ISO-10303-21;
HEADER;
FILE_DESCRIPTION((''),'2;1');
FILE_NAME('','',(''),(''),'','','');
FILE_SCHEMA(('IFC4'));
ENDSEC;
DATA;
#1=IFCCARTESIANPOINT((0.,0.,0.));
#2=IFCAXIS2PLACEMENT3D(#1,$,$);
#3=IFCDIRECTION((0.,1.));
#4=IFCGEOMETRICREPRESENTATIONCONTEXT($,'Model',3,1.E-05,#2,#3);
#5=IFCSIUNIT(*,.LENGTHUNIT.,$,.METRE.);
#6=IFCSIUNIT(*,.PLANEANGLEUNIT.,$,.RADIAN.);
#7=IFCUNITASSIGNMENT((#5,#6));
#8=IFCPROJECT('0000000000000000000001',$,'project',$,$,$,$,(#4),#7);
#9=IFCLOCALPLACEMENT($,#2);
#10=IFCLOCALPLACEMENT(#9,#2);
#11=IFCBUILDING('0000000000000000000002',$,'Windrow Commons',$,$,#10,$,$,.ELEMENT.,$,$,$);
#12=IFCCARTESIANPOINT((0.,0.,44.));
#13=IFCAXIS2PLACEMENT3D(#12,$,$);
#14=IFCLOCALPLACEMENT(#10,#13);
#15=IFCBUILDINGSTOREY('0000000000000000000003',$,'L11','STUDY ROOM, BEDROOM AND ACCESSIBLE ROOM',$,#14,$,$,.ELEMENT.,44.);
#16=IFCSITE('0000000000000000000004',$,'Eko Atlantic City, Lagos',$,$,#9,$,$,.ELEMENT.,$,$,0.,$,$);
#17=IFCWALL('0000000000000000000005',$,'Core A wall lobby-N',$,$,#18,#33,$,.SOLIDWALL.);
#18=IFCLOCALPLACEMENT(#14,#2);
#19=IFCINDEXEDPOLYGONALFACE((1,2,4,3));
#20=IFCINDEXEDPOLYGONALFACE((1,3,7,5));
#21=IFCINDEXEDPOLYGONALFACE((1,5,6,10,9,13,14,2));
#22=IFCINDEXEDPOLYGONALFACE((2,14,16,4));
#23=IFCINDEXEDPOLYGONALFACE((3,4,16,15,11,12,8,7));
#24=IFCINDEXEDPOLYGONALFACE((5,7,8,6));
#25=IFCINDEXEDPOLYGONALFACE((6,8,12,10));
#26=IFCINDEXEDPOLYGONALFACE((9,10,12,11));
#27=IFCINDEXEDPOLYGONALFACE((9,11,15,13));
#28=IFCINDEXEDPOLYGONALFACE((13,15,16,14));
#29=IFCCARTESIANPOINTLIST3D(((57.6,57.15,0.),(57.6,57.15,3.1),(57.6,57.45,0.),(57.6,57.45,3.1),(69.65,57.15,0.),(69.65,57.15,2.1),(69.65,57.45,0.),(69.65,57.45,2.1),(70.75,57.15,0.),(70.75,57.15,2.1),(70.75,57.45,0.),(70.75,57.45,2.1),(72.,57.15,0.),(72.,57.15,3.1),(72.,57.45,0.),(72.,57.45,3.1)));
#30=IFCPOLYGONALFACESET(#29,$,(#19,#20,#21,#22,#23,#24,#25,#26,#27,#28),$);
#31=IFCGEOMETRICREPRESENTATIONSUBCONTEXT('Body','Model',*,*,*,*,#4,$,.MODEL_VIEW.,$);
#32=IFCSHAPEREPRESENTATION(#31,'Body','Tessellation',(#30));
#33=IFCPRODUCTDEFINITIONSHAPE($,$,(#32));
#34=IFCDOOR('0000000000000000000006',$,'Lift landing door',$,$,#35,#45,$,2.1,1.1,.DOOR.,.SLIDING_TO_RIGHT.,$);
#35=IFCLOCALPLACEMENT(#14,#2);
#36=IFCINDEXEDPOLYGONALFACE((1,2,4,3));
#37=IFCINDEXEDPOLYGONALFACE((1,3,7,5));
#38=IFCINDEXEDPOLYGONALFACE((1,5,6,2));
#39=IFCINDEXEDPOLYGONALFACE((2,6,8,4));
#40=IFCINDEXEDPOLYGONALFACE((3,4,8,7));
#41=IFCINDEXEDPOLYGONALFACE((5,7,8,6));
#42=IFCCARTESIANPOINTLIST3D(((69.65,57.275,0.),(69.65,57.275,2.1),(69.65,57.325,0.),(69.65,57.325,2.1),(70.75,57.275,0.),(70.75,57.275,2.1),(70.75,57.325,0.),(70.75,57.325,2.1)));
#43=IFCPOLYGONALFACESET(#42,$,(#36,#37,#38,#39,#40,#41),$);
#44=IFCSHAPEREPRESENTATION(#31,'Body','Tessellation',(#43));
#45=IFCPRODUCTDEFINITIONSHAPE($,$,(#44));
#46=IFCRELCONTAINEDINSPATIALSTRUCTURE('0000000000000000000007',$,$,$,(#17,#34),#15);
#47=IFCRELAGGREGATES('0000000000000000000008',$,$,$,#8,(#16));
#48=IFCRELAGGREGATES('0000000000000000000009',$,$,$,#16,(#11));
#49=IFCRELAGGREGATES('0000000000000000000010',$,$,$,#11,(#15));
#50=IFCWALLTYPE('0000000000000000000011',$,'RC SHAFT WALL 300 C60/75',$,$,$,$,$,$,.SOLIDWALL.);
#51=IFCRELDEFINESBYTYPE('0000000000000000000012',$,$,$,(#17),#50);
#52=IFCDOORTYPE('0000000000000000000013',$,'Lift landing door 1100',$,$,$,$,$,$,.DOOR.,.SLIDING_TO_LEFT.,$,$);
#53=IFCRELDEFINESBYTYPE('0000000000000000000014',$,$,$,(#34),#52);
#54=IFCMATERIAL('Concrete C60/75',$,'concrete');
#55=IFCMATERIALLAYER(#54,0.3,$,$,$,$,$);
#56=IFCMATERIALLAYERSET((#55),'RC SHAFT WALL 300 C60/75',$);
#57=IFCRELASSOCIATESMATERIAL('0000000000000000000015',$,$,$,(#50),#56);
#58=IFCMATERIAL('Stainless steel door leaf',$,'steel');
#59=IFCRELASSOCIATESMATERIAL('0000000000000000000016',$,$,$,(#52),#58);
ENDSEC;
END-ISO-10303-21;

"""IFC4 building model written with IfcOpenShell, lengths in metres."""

from ifc_helpers import new_model, si_unit, direction, frame, frame_2d, origin, place, context, subcontext, project, spatial, rectangle, extrude, material, layer, layer_set, type_object, element, fill, save


model = new_model("IFC4")

# Units and contexts
model_context = context("Model", 3, precision=1e-05, world=origin(), true_north=direction((0.0, 1.0)))
body_context = subcontext(model_context, "Body", "Model", "MODEL_VIEW")
ifc_project = project(units=[si_unit("LENGTHUNIT", "METRE"), si_unit("PLANEANGLEUNIT", "RADIAN")], contexts=[model_context])

# Site, building, storey
site_placement = place(None, origin())
site = spatial("IfcSite", under=ifc_project, at=site_placement, Name="Eko Atlantic City, Lagos", CompositionType="ELEMENT", RefElevation=0.0)
building_placement = place(site_placement, origin())
building = spatial("IfcBuilding", under=site, at=building_placement, Name="Windrow Commons", CompositionType="ELEMENT")
storey_placement = place(building_placement, frame((0.0, 0.0, 44.0)))
storey = spatial("IfcBuildingStorey", under=building, at=storey_placement, Name="L11", Description="STUDY ROOM, BEDROOM AND ACCESSIBLE ROOM", CompositionType="ELEMENT", Elevation=44.0)

# Shared definitions
ifc_material_1 = material(Name="Concrete C60/75", Category="concrete")
ifc_layer_1 = layer(ifc_material_1, 0.3)
ifc_layer_set_1 = layer_set([ifc_layer_1], Name="RC SHAFT WALL 300 C60/75")
wall_type_1 = type_object("IfcWallType", Name="RC SHAFT WALL 300 C60/75", PredefinedType="SOLIDWALL", material=ifc_layer_set_1)
ifc_material_2 = material(Name="Stainless steel door leaf", Category="steel")
door_type_1 = type_object("IfcDoorType", Name="Lift landing door 1100", OperationType="SLIDING_TO_LEFT", PredefinedType="DOOR", material=ifc_material_2)

# Wall, opening, door
wall_1_placement = place(storey_placement, frame((57.6, 57.3, 0.0), z_axis=(0.0, 0.0, 1.0), x_axis=(1.0, 0.0, 0.0)))
wall_1 = element("IfcWall", 1, at=wall_1_placement, inside=storey, type_object=wall_type_1, Name="Core A wall lobby-N", PredefinedType="SOLIDWALL", context=body_context, shape_type="SweptSolid", body=[
    extrude(rectangle(XDim=14.4, YDim=0.3, at=frame_2d((7.2, 0.0))), origin(), (0.0, 0.0, 1.0), 3.1),
])
opening_1_placement = place(wall_1_placement, frame((12.05, 0.0, 0.0)))
opening_1 = element("IfcOpeningElement", 2, at=opening_1_placement, cuts=wall_1, PredefinedType="OPENING", context=body_context, shape_type="SweptSolid", body=[
    extrude(rectangle(XDim=1.1, YDim=2.1, at=frame_2d((0.55, 1.05))), frame((0.0, 0.16, 0.0), z_axis=(0.0, -1.0, 0.0), x_axis=(1.0, 0.0, 0.0)), (0.0, 0.0, 1.0), 0.32),
])
door_1_placement = place(opening_1_placement, origin())
door_1 = element("IfcDoor", 3, at=door_1_placement, inside=storey, type_object=door_type_1, Name="Lift landing door", OperationType="SLIDING_TO_RIGHT", OverallHeight=2.1, OverallWidth=1.1, PredefinedType="DOOR", context=body_context, shape_type="SweptSolid", body=[
    extrude(rectangle(XDim=1.1, YDim=2.1, at=frame_2d((0.55, 1.05))), frame((0.0, 0.025, 0.0), z_axis=(0.0, -1.0, 0.0), x_axis=(1.0, 0.0, 0.0)), (0.0, 0.0, 1.0), 0.05),
])
fill(opening_1, door_1)

save(model, "model.ifc")
